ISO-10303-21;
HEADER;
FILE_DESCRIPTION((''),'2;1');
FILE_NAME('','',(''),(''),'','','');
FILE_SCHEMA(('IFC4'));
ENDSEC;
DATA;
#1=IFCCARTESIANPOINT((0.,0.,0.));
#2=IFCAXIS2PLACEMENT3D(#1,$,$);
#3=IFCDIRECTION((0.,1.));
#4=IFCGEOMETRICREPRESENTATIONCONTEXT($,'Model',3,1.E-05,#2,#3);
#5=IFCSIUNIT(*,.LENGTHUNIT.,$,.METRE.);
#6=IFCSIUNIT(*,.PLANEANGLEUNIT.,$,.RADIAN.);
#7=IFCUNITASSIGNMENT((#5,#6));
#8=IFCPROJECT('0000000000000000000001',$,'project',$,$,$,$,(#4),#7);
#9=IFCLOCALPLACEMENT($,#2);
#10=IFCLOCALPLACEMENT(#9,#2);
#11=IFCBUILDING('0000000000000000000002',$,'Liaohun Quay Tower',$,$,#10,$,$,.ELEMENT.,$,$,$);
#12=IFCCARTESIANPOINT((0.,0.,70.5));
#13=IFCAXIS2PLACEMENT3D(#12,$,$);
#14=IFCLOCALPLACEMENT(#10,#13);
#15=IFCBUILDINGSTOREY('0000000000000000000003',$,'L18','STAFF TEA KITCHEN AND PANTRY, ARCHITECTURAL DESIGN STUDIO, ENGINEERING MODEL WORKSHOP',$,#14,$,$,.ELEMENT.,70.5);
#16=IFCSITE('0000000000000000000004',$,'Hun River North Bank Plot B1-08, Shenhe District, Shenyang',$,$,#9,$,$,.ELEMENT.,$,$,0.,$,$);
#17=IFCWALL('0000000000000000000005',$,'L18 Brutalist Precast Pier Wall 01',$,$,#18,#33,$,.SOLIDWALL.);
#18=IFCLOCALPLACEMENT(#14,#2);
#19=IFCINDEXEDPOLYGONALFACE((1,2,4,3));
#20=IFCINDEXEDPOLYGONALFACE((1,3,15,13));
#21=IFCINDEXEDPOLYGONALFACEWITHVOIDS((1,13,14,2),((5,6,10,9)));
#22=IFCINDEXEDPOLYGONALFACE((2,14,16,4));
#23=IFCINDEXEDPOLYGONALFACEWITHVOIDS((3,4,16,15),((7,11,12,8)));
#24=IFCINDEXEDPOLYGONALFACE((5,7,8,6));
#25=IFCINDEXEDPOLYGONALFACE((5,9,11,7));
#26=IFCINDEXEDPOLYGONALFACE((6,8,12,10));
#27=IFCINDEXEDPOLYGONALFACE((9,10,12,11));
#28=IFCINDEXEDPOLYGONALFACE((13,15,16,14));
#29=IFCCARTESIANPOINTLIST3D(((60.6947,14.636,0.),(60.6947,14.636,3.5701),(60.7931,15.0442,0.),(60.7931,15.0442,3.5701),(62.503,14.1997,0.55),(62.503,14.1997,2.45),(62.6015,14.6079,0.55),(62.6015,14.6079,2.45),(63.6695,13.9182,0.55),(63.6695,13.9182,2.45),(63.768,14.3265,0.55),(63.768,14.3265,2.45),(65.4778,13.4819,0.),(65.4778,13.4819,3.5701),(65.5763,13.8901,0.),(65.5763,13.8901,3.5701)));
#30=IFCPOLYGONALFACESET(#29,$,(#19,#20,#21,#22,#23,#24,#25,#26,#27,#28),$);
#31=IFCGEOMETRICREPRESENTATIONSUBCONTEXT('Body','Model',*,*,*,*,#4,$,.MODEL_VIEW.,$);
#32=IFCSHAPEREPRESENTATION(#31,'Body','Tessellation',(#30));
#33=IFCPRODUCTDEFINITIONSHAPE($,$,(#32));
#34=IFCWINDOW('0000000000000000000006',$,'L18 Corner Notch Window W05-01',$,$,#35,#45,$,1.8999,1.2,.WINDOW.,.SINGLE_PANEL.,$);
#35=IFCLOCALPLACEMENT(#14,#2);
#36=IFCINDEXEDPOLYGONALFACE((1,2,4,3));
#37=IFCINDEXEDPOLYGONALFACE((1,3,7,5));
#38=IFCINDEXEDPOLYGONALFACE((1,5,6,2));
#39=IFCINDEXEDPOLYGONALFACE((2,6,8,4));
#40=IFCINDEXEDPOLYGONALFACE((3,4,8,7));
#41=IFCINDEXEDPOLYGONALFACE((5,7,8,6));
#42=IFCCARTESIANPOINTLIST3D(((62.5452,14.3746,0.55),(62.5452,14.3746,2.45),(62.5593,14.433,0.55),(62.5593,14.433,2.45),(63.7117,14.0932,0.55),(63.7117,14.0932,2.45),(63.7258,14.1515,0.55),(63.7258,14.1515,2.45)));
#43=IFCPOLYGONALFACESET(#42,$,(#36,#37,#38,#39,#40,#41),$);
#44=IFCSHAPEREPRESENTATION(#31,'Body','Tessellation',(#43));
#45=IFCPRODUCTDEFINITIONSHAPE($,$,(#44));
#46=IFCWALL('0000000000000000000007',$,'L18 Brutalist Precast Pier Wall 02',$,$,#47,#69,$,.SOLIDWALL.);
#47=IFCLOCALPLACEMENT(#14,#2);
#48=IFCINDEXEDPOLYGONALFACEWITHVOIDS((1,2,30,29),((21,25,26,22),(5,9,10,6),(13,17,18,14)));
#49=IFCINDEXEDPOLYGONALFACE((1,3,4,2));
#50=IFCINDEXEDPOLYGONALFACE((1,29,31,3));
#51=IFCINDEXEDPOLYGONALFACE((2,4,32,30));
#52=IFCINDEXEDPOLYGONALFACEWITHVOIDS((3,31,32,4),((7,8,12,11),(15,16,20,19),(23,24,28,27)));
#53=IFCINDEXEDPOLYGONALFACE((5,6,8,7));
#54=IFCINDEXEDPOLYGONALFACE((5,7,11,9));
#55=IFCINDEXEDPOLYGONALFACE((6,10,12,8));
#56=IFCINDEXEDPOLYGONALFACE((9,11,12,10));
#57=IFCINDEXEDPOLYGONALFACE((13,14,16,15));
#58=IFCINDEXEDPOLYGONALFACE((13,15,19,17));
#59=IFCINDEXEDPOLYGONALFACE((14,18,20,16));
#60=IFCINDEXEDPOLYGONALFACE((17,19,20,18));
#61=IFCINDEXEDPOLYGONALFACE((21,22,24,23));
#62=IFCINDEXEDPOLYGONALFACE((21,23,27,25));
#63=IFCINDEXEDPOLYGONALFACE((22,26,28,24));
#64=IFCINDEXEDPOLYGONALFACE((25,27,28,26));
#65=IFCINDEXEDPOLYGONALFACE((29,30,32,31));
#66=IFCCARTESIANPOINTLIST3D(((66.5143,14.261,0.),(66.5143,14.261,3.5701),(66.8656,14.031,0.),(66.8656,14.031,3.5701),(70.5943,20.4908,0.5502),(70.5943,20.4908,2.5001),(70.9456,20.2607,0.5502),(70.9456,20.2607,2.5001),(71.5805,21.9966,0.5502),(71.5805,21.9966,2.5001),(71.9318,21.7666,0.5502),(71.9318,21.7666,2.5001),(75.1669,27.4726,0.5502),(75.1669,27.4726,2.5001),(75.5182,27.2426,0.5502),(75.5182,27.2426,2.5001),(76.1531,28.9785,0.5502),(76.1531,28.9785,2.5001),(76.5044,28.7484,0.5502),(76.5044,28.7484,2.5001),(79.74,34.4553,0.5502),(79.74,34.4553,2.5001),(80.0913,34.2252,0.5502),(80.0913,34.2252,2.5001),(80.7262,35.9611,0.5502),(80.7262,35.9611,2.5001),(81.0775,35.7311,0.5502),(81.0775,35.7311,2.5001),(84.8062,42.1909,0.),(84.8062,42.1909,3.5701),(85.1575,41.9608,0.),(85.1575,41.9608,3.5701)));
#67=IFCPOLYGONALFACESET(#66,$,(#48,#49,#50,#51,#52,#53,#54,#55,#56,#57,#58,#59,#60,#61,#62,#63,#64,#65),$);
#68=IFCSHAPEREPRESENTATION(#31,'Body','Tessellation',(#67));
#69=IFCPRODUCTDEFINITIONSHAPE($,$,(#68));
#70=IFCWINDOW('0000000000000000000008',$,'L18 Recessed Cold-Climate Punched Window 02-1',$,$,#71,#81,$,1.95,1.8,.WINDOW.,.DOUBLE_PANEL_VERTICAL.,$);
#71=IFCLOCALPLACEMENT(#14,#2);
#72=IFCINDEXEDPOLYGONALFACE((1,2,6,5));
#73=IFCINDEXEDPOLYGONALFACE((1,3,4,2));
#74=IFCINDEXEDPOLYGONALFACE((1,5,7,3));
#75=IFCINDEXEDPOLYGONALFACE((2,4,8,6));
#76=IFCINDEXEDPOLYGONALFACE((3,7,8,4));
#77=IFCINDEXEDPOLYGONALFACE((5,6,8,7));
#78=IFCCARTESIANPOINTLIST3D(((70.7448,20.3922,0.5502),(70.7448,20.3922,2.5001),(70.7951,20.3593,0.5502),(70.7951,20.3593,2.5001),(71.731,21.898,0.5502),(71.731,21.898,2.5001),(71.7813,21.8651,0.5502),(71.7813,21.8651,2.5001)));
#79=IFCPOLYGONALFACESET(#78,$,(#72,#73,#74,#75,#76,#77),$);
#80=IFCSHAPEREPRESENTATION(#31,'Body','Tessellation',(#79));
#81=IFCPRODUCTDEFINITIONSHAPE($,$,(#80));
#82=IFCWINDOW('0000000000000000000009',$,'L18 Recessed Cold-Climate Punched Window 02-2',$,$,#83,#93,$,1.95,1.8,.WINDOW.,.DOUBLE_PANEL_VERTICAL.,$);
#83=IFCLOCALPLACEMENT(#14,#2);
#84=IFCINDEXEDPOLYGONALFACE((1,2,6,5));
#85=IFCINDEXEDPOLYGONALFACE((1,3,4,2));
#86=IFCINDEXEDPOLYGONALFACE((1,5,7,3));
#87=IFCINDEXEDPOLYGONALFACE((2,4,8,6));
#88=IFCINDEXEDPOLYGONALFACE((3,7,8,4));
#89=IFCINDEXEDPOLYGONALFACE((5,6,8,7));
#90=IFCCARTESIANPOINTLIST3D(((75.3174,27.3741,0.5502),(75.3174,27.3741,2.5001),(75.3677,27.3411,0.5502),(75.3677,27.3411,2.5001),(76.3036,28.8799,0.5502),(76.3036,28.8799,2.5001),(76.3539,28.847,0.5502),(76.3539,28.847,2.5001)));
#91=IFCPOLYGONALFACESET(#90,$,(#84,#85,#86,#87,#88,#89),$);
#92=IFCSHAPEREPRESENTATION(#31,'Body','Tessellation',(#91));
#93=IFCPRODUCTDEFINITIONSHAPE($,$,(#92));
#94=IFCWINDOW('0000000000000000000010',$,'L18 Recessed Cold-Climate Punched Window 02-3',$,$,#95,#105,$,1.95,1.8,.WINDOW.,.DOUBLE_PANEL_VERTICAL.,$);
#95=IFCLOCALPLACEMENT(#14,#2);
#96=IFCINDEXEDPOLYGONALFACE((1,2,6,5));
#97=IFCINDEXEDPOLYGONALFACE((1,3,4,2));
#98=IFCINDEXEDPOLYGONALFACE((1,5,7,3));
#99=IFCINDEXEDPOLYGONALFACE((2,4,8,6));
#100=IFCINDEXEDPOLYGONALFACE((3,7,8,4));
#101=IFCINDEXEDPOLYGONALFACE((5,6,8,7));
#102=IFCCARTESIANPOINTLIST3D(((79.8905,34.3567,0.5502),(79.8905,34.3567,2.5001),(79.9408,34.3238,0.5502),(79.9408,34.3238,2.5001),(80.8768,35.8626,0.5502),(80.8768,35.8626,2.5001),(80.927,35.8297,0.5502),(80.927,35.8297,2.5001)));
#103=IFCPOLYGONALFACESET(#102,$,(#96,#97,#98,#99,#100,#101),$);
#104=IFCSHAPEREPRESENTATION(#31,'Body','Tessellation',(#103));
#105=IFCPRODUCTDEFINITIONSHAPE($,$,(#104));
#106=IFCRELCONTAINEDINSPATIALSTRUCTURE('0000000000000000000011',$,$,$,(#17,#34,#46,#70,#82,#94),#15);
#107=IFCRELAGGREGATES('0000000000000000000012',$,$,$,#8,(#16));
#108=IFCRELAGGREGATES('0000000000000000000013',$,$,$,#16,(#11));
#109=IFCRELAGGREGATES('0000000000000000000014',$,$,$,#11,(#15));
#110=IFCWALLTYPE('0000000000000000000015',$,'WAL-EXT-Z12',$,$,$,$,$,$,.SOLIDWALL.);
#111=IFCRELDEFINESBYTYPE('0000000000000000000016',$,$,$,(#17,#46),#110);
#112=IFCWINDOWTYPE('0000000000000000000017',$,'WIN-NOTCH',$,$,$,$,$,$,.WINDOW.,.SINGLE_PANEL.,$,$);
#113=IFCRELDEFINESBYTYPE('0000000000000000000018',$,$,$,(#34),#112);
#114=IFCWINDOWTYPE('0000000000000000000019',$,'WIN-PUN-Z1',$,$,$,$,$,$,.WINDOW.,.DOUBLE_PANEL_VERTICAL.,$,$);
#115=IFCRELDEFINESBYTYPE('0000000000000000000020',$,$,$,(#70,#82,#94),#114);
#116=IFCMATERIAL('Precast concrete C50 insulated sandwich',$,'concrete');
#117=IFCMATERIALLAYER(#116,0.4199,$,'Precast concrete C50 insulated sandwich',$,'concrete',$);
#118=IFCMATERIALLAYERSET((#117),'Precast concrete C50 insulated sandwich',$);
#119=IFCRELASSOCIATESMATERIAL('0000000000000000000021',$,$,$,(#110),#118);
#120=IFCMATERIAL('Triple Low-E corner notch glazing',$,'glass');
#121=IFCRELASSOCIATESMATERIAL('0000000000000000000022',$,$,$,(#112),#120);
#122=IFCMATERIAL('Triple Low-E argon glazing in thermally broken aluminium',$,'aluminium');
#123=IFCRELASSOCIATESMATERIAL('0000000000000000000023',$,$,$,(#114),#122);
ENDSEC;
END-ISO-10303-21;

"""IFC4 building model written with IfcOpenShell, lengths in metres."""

from ifc_helpers import new_model, si_unit, direction, frame, frame_2d, origin, place, context, subcontext, project, spatial, rectangle, extrude, source, transform, mapped, material, layer, layer_set, type_object, element, fill, save


model = new_model("IFC4")

# Units and contexts
model_context = context("Model", 3, precision=1e-05, world=origin(), true_north=direction((0.0, 1.0)))
body_context = subcontext(model_context, "Body", "Model", "MODEL_VIEW")
ifc_project = project(units=[si_unit("LENGTHUNIT", "METRE"), si_unit("PLANEANGLEUNIT", "RADIAN")], contexts=[model_context])

# Site, building, storey
site_placement = place(None, origin())
site = spatial("IfcSite", under=ifc_project, at=site_placement, Name="Hun River North Bank Plot B1-08, Shenhe District, Shenyang", CompositionType="ELEMENT", RefElevation=0.0)
building_placement = place(site_placement, origin())
building = spatial("IfcBuilding", under=site, at=building_placement, Name="Liaohun Quay Tower", CompositionType="ELEMENT")
storey_placement = place(building_placement, frame((0.0, 0.0, 70.5)))
storey = spatial("IfcBuildingStorey", under=building, at=storey_placement, Name="L18", Description="STAFF TEA KITCHEN AND PANTRY, ARCHITECTURAL DESIGN STUDIO, ENGINEERING MODEL WORKSHOP", CompositionType="ELEMENT", Elevation=70.5)

# Wall, opening, window
ifc_material_1 = material(Name="Precast concrete C50 insulated sandwich", Category="concrete")
ifc_layer_1 = layer(ifc_material_1, 0.4199, Name="Precast concrete C50 insulated sandwich", Category="concrete")
ifc_layer_set_1 = layer_set([ifc_layer_1], Name="Precast concrete C50 insulated sandwich")
wall_type_1 = type_object("IfcWallType", Name="WAL-EXT-Z12", PredefinedType="SOLIDWALL", material=ifc_layer_set_1)
wall_1_placement = place(storey_placement, frame((60.7439, 14.8401, 0.0), z_axis=(0.0, 0.0, 1.0), x_axis=(0.972106, -0.234542, 0.0)))
wall_1 = element("IfcWall", 1, at=wall_1_placement, inside=storey, type_object=wall_type_1, Name="L18 Brutalist Precast Pier Wall 01", PredefinedType="SOLIDWALL", context=body_context, shape_type="SweptSolid", body=[
    extrude(rectangle(XDim=4.9204, YDim=0.4199, at=frame_2d((2.4602, 0.0))), origin(), (0.0, 0.0, 1.0), 3.5701),
])
shared_shape_1 = source(origin(), body_context, "Body", "SweptSolid", [
    extrude(rectangle(XDim=1.2, YDim=1.8999, at=frame_2d((0.6001, 0.95))), frame((0.0, 0.22, 0.0), z_axis=(0.0, -1.0, 0.0), x_axis=(1.0, 0.0, 0.0)), (0.0, 0.0, 1.0), 0.4399),
])
opening_1_placement = place(wall_1_placement, frame((1.8601, 0.0, 0.55)))
opening_1 = element("IfcOpeningElement", 2, at=opening_1_placement, cuts=wall_1, PredefinedType="OPENING", context=body_context, shape_type="MappedRepresentation", body=[
    mapped(shared_shape_1, transform((0.0, 0.0, 0.0), x_axis=(1.0, 0.0, 0.0), y_axis=(0.0, 1.0, 0.0), z_axis=(0.0, 0.0, 1.0), scale=1.0)),
])
ifc_material_2 = material(Name="Triple Low-E corner notch glazing", Category="glass")
window_type_1 = type_object("IfcWindowType", Name="WIN-NOTCH", PartitioningType="SINGLE_PANEL", PredefinedType="WINDOW", material=ifc_material_2)
shared_shape_2 = source(origin(), body_context, "Body", "SweptSolid", [
    extrude(rectangle(XDim=1.2, YDim=1.8999, at=frame_2d((0.6001, 0.95))), frame((0.0, 0.03, 0.0), z_axis=(0.0, -1.0, 0.0), x_axis=(1.0, 0.0, 0.0)), (0.0, 0.0, 1.0), 0.0601),
])
window_1_placement = place(opening_1_placement, origin())
window_1 = element("IfcWindow", 3, at=window_1_placement, inside=storey, type_object=window_type_1, Name="L18 Corner Notch Window W05-01", OverallHeight=1.8999, OverallWidth=1.2, PartitioningType="SINGLE_PANEL", PredefinedType="WINDOW", context=body_context, shape_type="MappedRepresentation", body=[
    mapped(shared_shape_2, transform((0.0, 0.0, 0.0), x_axis=(1.0, 0.0, 0.0), y_axis=(0.0, 1.0, 0.0), z_axis=(0.0, 0.0, 1.0), scale=1.0)),
])
fill(opening_1, window_1)

# Wall, openings, windows
wall_2_placement = place(storey_placement, frame((66.6899, 14.146, 0.0), z_axis=(0.0, 0.0, 1.0), x_axis=(0.547881, 0.836556, 0.0)))
wall_2 = element("IfcWall", 4, at=wall_2_placement, inside=storey, type_object=wall_type_1, Name="L18 Brutalist Precast Pier Wall 02", PredefinedType="SOLIDWALL", context=body_context, shape_type="SweptSolid", body=[
    extrude(rectangle(XDim=33.3867, YDim=0.4199, at=frame_2d((16.6934, 0.0))), origin(), (0.0, 0.0, 1.0), 3.5701),
])
shared_shape_3 = source(origin(), body_context, "Body", "SweptSolid", [
    extrude(rectangle(XDim=1.8, YDim=1.95, at=frame_2d((0.8999, 0.9751))), frame((0.0, 0.22, 0.0), z_axis=(0.0, -1.0, 0.0), x_axis=(1.0, 0.0, 0.0)), (0.0, 0.0, 1.0), 0.4399),
])
opening_2_placement = place(wall_2_placement, frame((7.447, 0.0, 0.55)))
opening_2 = element("IfcOpeningElement", 5, at=opening_2_placement, cuts=wall_2, PredefinedType="OPENING", context=body_context, shape_type="MappedRepresentation", body=[
    mapped(shared_shape_3, transform((0.0, 0.0, 0.0), x_axis=(1.0, 0.0, 0.0), y_axis=(0.0, 1.0, 0.0), z_axis=(0.0, 0.0, 1.0), scale=1.0)),
])
opening_3_placement = place(wall_2_placement, frame((15.793, 0.0, 0.55)))
opening_3 = element("IfcOpeningElement", 6, at=opening_3_placement, cuts=wall_2, PredefinedType="OPENING", context=body_context, shape_type="MappedRepresentation", body=[
    mapped(shared_shape_3, transform((0.0, 0.0, 0.0), x_axis=(1.0, 0.0, 0.0), y_axis=(0.0, 1.0, 0.0), z_axis=(0.0, 0.0, 1.0), scale=1.0)),
])
opening_4_placement = place(wall_2_placement, frame((24.1399, 0.0, 0.55)))
opening_4 = element("IfcOpeningElement", 7, at=opening_4_placement, cuts=wall_2, PredefinedType="OPENING", context=body_context, shape_type="MappedRepresentation", body=[
    mapped(shared_shape_3, transform((0.0, 0.0, 0.0), x_axis=(1.0, 0.0, 0.0), y_axis=(0.0, 1.0, 0.0), z_axis=(0.0, 0.0, 1.0), scale=1.0)),
])
ifc_material_3 = material(Name="Triple Low-E argon glazing in thermally broken aluminium", Category="aluminium")
window_type_2 = type_object("IfcWindowType", Name="WIN-PUN-Z1", PartitioningType="DOUBLE_PANEL_VERTICAL", PredefinedType="WINDOW", material=ifc_material_3)
shared_shape_4 = source(origin(), body_context, "Body", "SweptSolid", [
    extrude(rectangle(XDim=1.8, YDim=1.95, at=frame_2d((0.8999, 0.9751))), frame((0.0, 0.03, 0.0), z_axis=(0.0, -1.0, 0.0), x_axis=(1.0, 0.0, 0.0)), (0.0, 0.0, 1.0), 0.0601),
])
window_2_placement = place(opening_2_placement, origin())
window_2 = element("IfcWindow", 8, at=window_2_placement, inside=storey, type_object=window_type_2, Name="L18 Recessed Cold-Climate Punched Window 02-1", OverallHeight=1.95, OverallWidth=1.8, PartitioningType="DOUBLE_PANEL_VERTICAL", PredefinedType="WINDOW", context=body_context, shape_type="MappedRepresentation", body=[
    mapped(shared_shape_4, transform((0.0, 0.0, 0.0), x_axis=(1.0, 0.0, 0.0), y_axis=(0.0, 1.0, 0.0), z_axis=(0.0, 0.0, 1.0), scale=1.0)),
])
fill(opening_2, window_2)
window_3_placement = place(opening_3_placement, origin())
window_3 = element("IfcWindow", 9, at=window_3_placement, inside=storey, type_object=window_type_2, Name="L18 Recessed Cold-Climate Punched Window 02-2", OverallHeight=1.95, OverallWidth=1.8, PartitioningType="DOUBLE_PANEL_VERTICAL", PredefinedType="WINDOW", context=body_context, shape_type="MappedRepresentation", body=[
    mapped(shared_shape_4, transform((0.0, 0.0, 0.0), x_axis=(1.0, 0.0, 0.0), y_axis=(0.0, 1.0, 0.0), z_axis=(0.0, 0.0, 1.0), scale=1.0)),
])
fill(opening_3, window_3)
window_4_placement = place(opening_4_placement, origin())
window_4 = element("IfcWindow", 10, at=window_4_placement, inside=storey, type_object=window_type_2, Name="L18 Recessed Cold-Climate Punched Window 02-3", OverallHeight=1.95, OverallWidth=1.8, PartitioningType="DOUBLE_PANEL_VERTICAL", PredefinedType="WINDOW", context=body_context, shape_type="MappedRepresentation", body=[
    mapped(shared_shape_4, transform((0.0, 0.0, 0.0), x_axis=(1.0, 0.0, 0.0), y_axis=(0.0, 1.0, 0.0), z_axis=(0.0, 0.0, 1.0), scale=1.0)),
])
fill(opening_4, window_4)

save(model, "model.ifc")
